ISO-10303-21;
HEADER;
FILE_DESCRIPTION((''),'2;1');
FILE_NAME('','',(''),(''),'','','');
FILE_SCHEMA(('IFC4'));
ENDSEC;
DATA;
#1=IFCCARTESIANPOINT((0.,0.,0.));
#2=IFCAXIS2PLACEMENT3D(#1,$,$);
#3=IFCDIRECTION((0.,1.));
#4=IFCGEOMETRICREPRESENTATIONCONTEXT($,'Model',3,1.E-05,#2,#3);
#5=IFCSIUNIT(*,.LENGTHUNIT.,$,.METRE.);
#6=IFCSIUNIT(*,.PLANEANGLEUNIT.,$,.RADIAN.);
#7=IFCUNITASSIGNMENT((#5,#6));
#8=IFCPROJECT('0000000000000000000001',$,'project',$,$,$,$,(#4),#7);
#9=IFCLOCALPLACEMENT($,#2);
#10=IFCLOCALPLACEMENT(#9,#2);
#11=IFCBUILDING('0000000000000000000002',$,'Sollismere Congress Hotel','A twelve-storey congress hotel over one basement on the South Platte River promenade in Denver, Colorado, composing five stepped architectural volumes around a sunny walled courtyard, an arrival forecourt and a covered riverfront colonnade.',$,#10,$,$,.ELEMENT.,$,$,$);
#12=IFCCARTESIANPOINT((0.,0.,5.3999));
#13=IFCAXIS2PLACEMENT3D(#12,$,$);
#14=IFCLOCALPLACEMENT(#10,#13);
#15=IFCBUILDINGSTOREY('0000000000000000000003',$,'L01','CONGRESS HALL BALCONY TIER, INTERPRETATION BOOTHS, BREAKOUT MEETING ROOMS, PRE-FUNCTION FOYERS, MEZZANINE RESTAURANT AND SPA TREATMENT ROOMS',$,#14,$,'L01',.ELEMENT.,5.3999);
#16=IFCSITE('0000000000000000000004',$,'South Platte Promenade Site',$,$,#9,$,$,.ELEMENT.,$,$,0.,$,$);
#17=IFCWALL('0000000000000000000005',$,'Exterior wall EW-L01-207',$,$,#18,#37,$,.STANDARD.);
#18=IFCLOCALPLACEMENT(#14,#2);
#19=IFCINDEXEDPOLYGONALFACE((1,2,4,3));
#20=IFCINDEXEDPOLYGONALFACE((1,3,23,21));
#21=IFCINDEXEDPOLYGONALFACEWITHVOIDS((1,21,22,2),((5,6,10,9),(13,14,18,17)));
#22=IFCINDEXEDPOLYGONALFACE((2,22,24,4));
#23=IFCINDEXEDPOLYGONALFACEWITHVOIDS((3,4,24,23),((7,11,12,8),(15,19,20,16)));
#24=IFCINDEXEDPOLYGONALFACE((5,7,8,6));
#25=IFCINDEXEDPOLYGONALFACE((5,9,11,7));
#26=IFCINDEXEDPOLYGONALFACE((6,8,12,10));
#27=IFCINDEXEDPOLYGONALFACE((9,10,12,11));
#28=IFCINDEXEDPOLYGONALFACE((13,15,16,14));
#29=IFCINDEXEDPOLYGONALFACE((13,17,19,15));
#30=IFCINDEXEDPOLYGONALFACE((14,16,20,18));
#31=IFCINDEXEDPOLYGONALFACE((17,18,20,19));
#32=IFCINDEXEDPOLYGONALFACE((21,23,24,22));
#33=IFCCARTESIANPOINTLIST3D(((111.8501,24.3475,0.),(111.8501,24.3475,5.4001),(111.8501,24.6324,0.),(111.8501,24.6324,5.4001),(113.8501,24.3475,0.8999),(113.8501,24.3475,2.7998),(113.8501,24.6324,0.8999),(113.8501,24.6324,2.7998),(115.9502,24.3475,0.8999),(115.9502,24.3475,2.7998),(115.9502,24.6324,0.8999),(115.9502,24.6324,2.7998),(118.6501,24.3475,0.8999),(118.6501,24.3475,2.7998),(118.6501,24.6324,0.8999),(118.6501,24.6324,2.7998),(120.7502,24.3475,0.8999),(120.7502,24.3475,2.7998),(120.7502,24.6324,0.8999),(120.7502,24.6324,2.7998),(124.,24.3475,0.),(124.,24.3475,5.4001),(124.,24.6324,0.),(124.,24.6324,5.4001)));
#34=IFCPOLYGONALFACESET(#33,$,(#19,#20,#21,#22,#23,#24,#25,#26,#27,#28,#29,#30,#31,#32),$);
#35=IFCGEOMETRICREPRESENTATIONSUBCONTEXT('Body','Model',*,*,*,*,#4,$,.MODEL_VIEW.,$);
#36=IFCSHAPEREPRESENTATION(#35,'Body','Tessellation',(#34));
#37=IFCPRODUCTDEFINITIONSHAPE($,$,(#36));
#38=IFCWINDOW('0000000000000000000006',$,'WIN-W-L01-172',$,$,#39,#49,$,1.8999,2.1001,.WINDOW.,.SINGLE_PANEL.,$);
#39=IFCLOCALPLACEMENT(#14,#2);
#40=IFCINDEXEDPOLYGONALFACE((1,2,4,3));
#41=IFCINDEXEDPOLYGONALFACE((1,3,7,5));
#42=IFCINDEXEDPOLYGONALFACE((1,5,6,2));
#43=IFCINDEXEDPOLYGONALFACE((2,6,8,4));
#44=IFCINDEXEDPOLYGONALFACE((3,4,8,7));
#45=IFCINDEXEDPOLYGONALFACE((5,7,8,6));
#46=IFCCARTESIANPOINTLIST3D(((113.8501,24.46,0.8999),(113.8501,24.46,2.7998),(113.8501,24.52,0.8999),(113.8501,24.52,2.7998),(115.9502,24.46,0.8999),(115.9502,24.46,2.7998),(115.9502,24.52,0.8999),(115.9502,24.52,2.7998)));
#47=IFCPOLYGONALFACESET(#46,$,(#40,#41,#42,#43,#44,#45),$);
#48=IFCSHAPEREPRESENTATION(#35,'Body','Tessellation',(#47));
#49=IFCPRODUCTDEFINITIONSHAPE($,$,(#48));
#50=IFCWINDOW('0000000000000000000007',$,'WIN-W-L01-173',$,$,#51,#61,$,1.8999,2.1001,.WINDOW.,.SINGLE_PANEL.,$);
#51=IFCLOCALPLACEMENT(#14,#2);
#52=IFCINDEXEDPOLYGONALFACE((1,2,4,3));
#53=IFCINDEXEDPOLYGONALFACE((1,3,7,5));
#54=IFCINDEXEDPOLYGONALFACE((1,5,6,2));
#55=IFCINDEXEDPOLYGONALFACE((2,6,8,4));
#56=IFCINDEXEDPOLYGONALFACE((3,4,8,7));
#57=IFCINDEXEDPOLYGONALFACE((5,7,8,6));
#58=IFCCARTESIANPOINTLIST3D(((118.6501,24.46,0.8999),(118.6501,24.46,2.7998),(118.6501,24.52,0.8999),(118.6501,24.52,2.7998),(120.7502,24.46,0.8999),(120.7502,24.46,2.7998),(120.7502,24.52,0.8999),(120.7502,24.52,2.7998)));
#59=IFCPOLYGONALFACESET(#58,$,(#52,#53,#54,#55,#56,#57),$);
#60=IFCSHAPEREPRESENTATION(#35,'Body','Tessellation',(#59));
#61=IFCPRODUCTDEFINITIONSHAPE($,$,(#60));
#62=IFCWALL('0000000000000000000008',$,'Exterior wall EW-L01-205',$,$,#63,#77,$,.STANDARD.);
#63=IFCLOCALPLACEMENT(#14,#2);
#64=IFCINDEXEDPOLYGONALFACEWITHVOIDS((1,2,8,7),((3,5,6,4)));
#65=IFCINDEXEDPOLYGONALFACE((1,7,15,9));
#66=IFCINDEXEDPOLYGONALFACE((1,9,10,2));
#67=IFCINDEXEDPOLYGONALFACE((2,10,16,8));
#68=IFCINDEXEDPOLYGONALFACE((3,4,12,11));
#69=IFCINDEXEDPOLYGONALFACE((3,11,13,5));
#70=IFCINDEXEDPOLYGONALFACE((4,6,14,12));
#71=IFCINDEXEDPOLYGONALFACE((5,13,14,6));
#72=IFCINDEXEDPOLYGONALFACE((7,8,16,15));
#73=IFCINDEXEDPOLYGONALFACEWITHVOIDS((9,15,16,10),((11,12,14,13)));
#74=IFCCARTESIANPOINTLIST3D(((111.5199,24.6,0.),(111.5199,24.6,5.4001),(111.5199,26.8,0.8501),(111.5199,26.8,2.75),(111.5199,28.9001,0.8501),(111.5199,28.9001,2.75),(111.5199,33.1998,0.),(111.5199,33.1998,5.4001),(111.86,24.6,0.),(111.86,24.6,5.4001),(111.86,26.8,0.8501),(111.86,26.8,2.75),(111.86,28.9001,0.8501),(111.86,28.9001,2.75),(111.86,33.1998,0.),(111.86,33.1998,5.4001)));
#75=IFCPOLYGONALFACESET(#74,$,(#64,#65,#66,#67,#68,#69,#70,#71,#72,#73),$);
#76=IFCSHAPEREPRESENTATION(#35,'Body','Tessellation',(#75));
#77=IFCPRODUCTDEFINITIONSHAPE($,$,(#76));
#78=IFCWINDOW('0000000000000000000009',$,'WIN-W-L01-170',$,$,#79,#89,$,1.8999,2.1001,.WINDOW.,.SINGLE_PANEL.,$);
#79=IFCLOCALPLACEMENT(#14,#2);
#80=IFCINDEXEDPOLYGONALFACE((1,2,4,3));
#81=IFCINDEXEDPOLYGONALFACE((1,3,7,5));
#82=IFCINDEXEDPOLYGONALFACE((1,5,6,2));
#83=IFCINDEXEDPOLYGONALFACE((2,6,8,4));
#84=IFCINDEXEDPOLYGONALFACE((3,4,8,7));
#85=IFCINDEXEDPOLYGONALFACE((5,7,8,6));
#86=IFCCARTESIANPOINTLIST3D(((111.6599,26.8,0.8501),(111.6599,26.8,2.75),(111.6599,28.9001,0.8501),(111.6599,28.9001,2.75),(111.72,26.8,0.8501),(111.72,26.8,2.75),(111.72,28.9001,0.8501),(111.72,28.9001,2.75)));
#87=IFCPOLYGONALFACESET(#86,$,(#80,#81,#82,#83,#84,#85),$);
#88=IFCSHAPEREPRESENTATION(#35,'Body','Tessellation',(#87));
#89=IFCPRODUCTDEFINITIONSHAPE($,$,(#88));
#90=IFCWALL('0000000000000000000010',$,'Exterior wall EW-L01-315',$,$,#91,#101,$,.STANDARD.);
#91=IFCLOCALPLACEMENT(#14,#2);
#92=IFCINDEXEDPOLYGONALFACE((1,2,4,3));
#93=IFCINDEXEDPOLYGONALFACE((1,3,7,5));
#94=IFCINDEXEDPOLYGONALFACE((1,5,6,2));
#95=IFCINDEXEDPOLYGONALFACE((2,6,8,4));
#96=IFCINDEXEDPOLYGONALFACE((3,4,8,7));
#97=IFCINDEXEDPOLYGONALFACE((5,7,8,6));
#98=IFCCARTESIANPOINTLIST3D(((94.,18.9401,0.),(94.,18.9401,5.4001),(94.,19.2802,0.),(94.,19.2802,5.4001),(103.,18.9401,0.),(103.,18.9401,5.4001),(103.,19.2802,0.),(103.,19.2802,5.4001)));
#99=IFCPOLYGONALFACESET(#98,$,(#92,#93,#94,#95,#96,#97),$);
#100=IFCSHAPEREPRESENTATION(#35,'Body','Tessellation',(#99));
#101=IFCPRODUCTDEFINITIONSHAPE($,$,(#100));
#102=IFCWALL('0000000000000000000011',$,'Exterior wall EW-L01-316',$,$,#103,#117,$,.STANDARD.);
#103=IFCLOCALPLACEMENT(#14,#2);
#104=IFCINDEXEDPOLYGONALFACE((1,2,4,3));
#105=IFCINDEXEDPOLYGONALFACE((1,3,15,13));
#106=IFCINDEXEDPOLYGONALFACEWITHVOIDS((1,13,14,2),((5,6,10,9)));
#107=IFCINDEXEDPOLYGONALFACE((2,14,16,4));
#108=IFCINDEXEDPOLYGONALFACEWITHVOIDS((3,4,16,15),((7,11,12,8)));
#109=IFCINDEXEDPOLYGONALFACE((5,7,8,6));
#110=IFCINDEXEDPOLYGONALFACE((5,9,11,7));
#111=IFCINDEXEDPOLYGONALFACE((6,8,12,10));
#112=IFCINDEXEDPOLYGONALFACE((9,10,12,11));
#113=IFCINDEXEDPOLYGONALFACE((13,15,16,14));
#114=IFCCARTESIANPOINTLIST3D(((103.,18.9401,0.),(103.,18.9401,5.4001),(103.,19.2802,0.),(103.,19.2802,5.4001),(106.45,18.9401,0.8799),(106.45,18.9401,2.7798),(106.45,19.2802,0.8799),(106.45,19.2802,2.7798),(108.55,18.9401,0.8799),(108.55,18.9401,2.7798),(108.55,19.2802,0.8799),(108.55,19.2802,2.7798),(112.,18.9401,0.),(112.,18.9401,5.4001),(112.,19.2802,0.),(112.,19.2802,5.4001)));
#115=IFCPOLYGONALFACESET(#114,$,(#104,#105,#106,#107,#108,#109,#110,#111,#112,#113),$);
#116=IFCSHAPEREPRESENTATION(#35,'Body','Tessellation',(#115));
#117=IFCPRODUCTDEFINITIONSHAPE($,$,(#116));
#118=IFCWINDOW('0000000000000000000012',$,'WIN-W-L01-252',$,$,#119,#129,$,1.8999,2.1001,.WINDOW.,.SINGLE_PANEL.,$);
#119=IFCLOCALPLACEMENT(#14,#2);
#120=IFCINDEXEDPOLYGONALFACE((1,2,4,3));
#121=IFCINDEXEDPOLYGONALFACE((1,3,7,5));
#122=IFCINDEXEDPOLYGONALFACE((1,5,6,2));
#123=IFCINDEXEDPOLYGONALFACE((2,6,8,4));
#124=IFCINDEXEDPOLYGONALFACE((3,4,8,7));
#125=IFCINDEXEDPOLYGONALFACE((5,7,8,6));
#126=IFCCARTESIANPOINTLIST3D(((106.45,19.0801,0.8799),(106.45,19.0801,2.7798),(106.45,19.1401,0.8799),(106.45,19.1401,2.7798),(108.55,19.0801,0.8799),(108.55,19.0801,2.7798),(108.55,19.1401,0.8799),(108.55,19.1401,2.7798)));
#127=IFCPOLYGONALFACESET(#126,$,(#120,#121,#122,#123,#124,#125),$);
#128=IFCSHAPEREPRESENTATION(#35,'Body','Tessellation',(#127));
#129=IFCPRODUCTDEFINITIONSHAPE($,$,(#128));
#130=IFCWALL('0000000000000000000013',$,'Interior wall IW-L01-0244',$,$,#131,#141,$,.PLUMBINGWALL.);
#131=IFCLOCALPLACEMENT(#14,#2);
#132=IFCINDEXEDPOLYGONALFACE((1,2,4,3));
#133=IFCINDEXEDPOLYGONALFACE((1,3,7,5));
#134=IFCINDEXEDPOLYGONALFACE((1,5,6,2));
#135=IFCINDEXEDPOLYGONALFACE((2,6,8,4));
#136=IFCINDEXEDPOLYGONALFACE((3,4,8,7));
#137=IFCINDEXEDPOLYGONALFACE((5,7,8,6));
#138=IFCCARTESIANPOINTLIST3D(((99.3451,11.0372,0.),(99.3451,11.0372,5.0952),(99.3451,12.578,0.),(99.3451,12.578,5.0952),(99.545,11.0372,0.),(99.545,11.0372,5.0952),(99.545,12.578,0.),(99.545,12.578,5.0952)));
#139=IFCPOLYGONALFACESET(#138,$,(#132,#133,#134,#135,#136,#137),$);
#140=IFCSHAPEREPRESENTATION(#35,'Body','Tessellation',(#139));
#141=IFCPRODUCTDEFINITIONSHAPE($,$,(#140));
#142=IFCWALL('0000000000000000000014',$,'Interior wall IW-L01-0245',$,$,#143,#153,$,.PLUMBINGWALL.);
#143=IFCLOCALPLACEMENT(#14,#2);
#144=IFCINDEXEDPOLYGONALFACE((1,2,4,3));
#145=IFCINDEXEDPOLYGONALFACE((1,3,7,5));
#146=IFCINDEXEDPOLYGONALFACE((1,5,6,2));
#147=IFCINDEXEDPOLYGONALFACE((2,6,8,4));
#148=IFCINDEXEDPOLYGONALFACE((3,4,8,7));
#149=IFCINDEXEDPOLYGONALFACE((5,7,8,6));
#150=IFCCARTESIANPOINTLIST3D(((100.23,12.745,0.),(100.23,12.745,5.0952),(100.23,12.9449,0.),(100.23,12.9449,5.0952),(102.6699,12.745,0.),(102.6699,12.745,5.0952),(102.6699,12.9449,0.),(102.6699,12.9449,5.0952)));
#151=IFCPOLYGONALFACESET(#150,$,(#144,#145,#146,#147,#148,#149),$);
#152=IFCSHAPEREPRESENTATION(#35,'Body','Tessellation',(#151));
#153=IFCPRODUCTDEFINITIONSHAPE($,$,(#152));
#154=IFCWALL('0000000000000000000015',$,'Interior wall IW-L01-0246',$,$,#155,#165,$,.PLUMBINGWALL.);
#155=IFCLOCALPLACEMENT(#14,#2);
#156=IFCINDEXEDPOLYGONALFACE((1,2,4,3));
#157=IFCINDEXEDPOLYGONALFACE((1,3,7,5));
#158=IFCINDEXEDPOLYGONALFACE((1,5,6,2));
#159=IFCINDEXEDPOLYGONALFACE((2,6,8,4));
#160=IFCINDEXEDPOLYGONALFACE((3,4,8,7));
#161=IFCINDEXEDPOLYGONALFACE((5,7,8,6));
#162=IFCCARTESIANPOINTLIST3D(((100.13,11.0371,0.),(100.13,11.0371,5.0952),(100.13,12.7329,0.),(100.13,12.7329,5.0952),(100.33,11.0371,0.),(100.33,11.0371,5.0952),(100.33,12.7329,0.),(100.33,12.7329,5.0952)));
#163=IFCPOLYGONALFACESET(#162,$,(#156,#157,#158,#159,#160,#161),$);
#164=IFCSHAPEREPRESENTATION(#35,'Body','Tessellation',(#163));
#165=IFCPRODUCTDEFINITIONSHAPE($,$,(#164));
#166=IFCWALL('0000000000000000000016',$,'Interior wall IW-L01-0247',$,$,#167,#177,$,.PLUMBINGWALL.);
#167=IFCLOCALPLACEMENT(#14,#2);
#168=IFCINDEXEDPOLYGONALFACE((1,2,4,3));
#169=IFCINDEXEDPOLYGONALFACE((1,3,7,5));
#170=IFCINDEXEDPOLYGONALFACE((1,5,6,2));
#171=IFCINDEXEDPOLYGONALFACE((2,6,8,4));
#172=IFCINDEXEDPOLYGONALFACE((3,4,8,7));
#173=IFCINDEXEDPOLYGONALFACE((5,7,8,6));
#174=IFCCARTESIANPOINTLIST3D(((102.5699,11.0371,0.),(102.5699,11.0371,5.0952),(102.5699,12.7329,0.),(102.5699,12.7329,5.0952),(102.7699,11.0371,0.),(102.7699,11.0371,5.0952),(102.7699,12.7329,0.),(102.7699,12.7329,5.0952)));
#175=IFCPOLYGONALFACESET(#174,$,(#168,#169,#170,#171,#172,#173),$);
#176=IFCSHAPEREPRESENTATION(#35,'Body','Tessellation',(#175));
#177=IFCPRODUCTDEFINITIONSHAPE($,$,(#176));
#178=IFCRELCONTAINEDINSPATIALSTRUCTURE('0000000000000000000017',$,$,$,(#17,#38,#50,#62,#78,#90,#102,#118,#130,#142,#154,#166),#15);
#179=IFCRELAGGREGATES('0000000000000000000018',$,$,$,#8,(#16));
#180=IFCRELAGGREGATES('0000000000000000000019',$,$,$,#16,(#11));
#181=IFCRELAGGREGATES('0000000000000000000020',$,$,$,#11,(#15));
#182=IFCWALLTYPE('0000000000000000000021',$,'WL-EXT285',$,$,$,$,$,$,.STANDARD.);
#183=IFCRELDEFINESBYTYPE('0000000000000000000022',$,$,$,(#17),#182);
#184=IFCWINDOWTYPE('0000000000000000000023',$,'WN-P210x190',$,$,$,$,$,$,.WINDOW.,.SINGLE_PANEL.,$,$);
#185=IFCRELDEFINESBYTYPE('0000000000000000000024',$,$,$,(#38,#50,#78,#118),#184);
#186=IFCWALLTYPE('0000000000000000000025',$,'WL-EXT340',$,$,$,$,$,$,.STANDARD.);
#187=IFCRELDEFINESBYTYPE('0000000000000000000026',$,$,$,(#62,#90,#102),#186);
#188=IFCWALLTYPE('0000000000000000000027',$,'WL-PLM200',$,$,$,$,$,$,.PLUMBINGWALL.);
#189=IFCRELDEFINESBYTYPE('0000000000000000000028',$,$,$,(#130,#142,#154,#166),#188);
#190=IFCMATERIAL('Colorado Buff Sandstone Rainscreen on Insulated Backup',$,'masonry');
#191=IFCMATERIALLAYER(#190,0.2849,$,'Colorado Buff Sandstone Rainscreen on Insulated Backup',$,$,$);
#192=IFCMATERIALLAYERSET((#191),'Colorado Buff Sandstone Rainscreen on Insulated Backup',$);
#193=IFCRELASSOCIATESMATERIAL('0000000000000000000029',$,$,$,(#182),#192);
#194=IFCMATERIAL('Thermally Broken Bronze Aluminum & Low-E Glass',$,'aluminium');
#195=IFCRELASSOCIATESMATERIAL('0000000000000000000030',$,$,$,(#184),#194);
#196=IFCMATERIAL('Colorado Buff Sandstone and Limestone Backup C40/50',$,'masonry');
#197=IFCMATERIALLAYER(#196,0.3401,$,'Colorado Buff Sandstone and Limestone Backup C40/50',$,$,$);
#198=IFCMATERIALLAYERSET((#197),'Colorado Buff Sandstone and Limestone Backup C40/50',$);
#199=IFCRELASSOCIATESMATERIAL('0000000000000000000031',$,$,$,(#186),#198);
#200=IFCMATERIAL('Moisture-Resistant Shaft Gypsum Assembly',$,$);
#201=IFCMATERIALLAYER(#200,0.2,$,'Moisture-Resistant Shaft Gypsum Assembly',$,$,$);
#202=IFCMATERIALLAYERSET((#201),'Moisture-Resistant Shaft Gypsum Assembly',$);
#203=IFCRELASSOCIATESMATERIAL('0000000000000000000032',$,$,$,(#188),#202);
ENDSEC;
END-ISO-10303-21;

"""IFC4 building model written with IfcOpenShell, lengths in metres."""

from ifc_helpers import new_model, si_unit, direction, frame, frame_2d, origin, place, context, subcontext, project, spatial, rectangle, extrude, material, layer, layer_set, type_object, element, fill, save


model = new_model("IFC4")

# Units and contexts
model_context = context("Model", 3, precision=1e-05, world=origin(), true_north=direction((0.0, 1.0)))
body_context = subcontext(model_context, "Body", "Model", "MODEL_VIEW")
ifc_project = project(units=[si_unit("LENGTHUNIT", "METRE"), si_unit("PLANEANGLEUNIT", "RADIAN")], contexts=[model_context])

# Site, building, storey
site_placement = place(None, origin())
site = spatial("IfcSite", under=ifc_project, at=site_placement, Name="South Platte Promenade Site", CompositionType="ELEMENT", RefElevation=0.0)
building_placement = place(site_placement, origin())
building = spatial("IfcBuilding", under=site, at=building_placement, Name="Sollismere Congress Hotel", Description="A twelve-storey congress hotel over one basement on the South Platte River promenade in Denver, Colorado, composing five stepped architectural volumes around a sunny walled courtyard, an arrival forecourt and a covered riverfront colonnade.", CompositionType="ELEMENT")
storey_placement = place(building_placement, frame((0.0, 0.0, 5.3999)))
storey = spatial("IfcBuildingStorey", under=building, at=storey_placement, Name="L01", Description="CONGRESS HALL BALCONY TIER, INTERPRETATION BOOTHS, BREAKOUT MEETING ROOMS, PRE-FUNCTION FOYERS, MEZZANINE RESTAURANT AND SPA TREATMENT ROOMS", LongName="L01", CompositionType="ELEMENT", Elevation=5.3999)

# Wall, openings, windows
ifc_material_1 = material(Name="Colorado Buff Sandstone Rainscreen on Insulated Backup", Category="masonry")
ifc_layer_1 = layer(ifc_material_1, 0.2849, Name="Colorado Buff Sandstone Rainscreen on Insulated Backup")
ifc_layer_set_1 = layer_set([ifc_layer_1], Name="Colorado Buff Sandstone Rainscreen on Insulated Backup")
wall_type_1 = type_object("IfcWallType", Name="WL-EXT285", PredefinedType="STANDARD", material=ifc_layer_set_1)
wall_1_placement = place(storey_placement, frame((111.8501, 24.49, 0.0), z_axis=(0.0, 0.0, 1.0), x_axis=(1.0, 0.0, 0.0)))
wall_1 = element("IfcWall", 1, at=wall_1_placement, inside=storey, type_object=wall_type_1, Name="Exterior wall EW-L01-207", PredefinedType="STANDARD", context=body_context, shape_type="SweptSolid", body=[
    extrude(rectangle(XDim=12.1499, YDim=0.2849, at=frame_2d((6.075, 0.0))), origin(), (0.0, 0.0, 1.0), 5.4001),
])
opening_1_placement = place(wall_1_placement, frame((2.0, 0.0, 0.8999)))
opening_1 = element("IfcOpeningElement", 2, at=opening_1_placement, cuts=wall_1, PredefinedType="OPENING", context=body_context, shape_type="SweptSolid", body=[
    extrude(rectangle(XDim=2.1001, YDim=1.8999, at=frame_2d((1.05, 0.95))), frame((0.0, 0.1523, 0.0), z_axis=(0.0, -1.0, 0.0), x_axis=(1.0, 0.0, 0.0)), (0.0, 0.0, 1.0), 0.3049),
])
opening_2_placement = place(wall_1_placement, frame((6.8, 0.0, 0.8999)))
opening_2 = element("IfcOpeningElement", 3, at=opening_2_placement, cuts=wall_1, PredefinedType="OPENING", context=body_context, shape_type="SweptSolid", body=[
    extrude(rectangle(XDim=2.1001, YDim=1.8999, at=frame_2d((1.05, 0.95))), frame((0.0, 0.1523, 0.0), z_axis=(0.0, -1.0, 0.0), x_axis=(1.0, 0.0, 0.0)), (0.0, 0.0, 1.0), 0.3049),
])
ifc_material_2 = material(Name="Thermally Broken Bronze Aluminum & Low-E Glass", Category="aluminium")
window_type = type_object("IfcWindowType", Name="WN-P210x190", PartitioningType="SINGLE_PANEL", PredefinedType="WINDOW", material=ifc_material_2)
window_1_placement = place(opening_1_placement, origin())
window_1 = element("IfcWindow", 4, at=window_1_placement, inside=storey, type_object=window_type, Name="WIN-W-L01-172", OverallHeight=1.8999, OverallWidth=2.1001, PartitioningType="SINGLE_PANEL", PredefinedType="WINDOW", context=body_context, shape_type="SweptSolid", body=[
    extrude(rectangle(XDim=2.1001, YDim=1.8999, at=frame_2d((1.05, 0.95))), frame((0.0, 0.03, 0.0), z_axis=(0.0, -1.0, 0.0), x_axis=(1.0, 0.0, 0.0)), (0.0, 0.0, 1.0), 0.0601),
])
fill(opening_1, window_1)
window_2_placement = place(opening_2_placement, origin())
window_2 = element("IfcWindow", 5, at=window_2_placement, inside=storey, type_object=window_type, Name="WIN-W-L01-173", OverallHeight=1.8999, OverallWidth=2.1001, PartitioningType="SINGLE_PANEL", PredefinedType="WINDOW", context=body_context, shape_type="SweptSolid", body=[
    extrude(rectangle(XDim=2.1001, YDim=1.8999, at=frame_2d((1.05, 0.95))), frame((0.0, 0.03, 0.0), z_axis=(0.0, -1.0, 0.0), x_axis=(1.0, 0.0, 0.0)), (0.0, 0.0, 1.0), 0.0601),
])
fill(opening_2, window_2)

# Wall, opening, window
ifc_material_3 = material(Name="Colorado Buff Sandstone and Limestone Backup C40/50", Category="masonry")
ifc_layer_2 = layer(ifc_material_3, 0.3401, Name="Colorado Buff Sandstone and Limestone Backup C40/50")
ifc_layer_set_2 = layer_set([ifc_layer_2], Name="Colorado Buff Sandstone and Limestone Backup C40/50")
wall_type_2 = type_object("IfcWallType", Name="WL-EXT340", PredefinedType="STANDARD", material=ifc_layer_set_2)
wall_2_placement = place(storey_placement, frame((111.6899, 24.6001, 0.0), z_axis=(0.0, 0.0, 1.0), x_axis=(0.0, 1.0, 0.0)))
wall_2 = element("IfcWall", 6, at=wall_2_placement, inside=storey, type_object=wall_type_2, Name="Exterior wall EW-L01-205", PredefinedType="STANDARD", context=body_context, shape_type="SweptSolid", body=[
    extrude(rectangle(XDim=8.5999, YDim=0.3401, at=frame_2d((4.2998, 0.0))), origin(), (0.0, 0.0, 1.0), 5.4001),
])
opening_3_placement = place(wall_2_placement, frame((2.2, 0.0, 0.8501)))
opening_3 = element("IfcOpeningElement", 7, at=opening_3_placement, cuts=wall_2, PredefinedType="OPENING", context=body_context, shape_type="SweptSolid", body=[
    extrude(rectangle(XDim=2.1001, YDim=1.8999, at=frame_2d((1.05, 0.95))), frame((0.0, 0.1799, 0.0), z_axis=(0.0, -1.0, 0.0), x_axis=(1.0, 0.0, 0.0)), (0.0, 0.0, 1.0), 0.3601),
])
window_3_placement = place(opening_3_placement, origin())
window_3 = element("IfcWindow", 8, at=window_3_placement, inside=storey, type_object=window_type, Name="WIN-W-L01-170", OverallHeight=1.8999, OverallWidth=2.1001, PartitioningType="SINGLE_PANEL", PredefinedType="WINDOW", context=body_context, shape_type="SweptSolid", body=[
    extrude(rectangle(XDim=2.1001, YDim=1.8999, at=frame_2d((1.05, 0.95))), frame((0.0, 0.03, 0.0), z_axis=(0.0, -1.0, 0.0), x_axis=(1.0, 0.0, 0.0)), (0.0, 0.0, 1.0), 0.0601),
])
fill(opening_3, window_3)

# Wall
wall_3_placement = place(storey_placement, frame((103.0, 19.1101, 0.0), z_axis=(0.0, 0.0, 1.0), x_axis=(-1.0, 0.0, 0.0)))
element("IfcWall", 9, at=wall_3_placement, inside=storey, type_object=wall_type_2, Name="Exterior wall EW-L01-315", PredefinedType="STANDARD", context=body_context, shape_type="SweptSolid", body=[
    extrude(rectangle(XDim=9.0, YDim=0.3401, at=frame_2d((4.5, 0.0))), origin(), (0.0, 0.0, 1.0), 5.4001),
])

# Wall, opening, window
wall_4_placement = place(storey_placement, frame((112.0, 19.1101, 0.0), z_axis=(0.0, 0.0, 1.0), x_axis=(-1.0, 0.0, 0.0)))
wall_4 = element("IfcWall", 10, at=wall_4_placement, inside=storey, type_object=wall_type_2, Name="Exterior wall EW-L01-316", PredefinedType="STANDARD", context=body_context, shape_type="SweptSolid", body=[
    extrude(rectangle(XDim=9.0, YDim=0.3401, at=frame_2d((4.5, 0.0))), origin(), (0.0, 0.0, 1.0), 5.4001),
])
opening_4_placement = place(wall_4_placement, frame((3.45, 0.0, 0.8799)))
opening_4 = element("IfcOpeningElement", 11, at=opening_4_placement, cuts=wall_4, PredefinedType="OPENING", context=body_context, shape_type="SweptSolid", body=[
    extrude(rectangle(XDim=2.1001, YDim=1.8999, at=frame_2d((1.05, 0.95))), frame((0.0, 0.1799, 0.0), z_axis=(0.0, -1.0, 0.0), x_axis=(1.0, 0.0, 0.0)), (0.0, 0.0, 1.0), 0.3601),
])
window_4_placement = place(opening_4_placement, origin())
window_4 = element("IfcWindow", 12, at=window_4_placement, inside=storey, type_object=window_type, Name="WIN-W-L01-252", OverallHeight=1.8999, OverallWidth=2.1001, PartitioningType="SINGLE_PANEL", PredefinedType="WINDOW", context=body_context, shape_type="SweptSolid", body=[
    extrude(rectangle(XDim=2.1001, YDim=1.8999, at=frame_2d((1.05, 0.95))), frame((0.0, 0.03, 0.0), z_axis=(0.0, -1.0, 0.0), x_axis=(1.0, 0.0, 0.0)), (0.0, 0.0, 1.0), 0.0601),
])
fill(opening_4, window_4)

# Walls
ifc_material_4 = material(Name="Moisture-Resistant Shaft Gypsum Assembly")
ifc_layer_3 = layer(ifc_material_4, 0.2, Name="Moisture-Resistant Shaft Gypsum Assembly")
ifc_layer_set_3 = layer_set([ifc_layer_3], Name="Moisture-Resistant Shaft Gypsum Assembly")
wall_type_3 = type_object("IfcWallType", Name="WL-PLM200", PredefinedType="PLUMBINGWALL", material=ifc_layer_set_3)
wall_5_placement = place(storey_placement, frame((99.4451, 11.0371, 0.0), z_axis=(0.0, 0.0, 1.0), x_axis=(0.0, 1.0, 0.0)))
element("IfcWall", 13, at=wall_5_placement, inside=storey, type_object=wall_type_3, Name="Interior wall IW-L01-0244", PredefinedType="PLUMBINGWALL", context=body_context, shape_type="SweptSolid", body=[
    extrude(rectangle(XDim=1.5408, YDim=0.2, at=frame_2d((0.7705, 0.0))), origin(), (0.0, 0.0, 1.0), 5.0952),
])
wall_6_placement = place(storey_placement, frame((100.23, 12.845, 0.0), z_axis=(0.0, 0.0, 1.0), x_axis=(1.0, 0.0, 0.0)))
element("IfcWall", 14, at=wall_6_placement, inside=storey, type_object=wall_type_3, Name="Interior wall IW-L01-0245", PredefinedType="PLUMBINGWALL", context=body_context, shape_type="SweptSolid", body=[
    extrude(rectangle(XDim=2.4399, YDim=0.2, at=frame_2d((1.22, 0.0))), origin(), (0.0, 0.0, 1.0), 5.0952),
])
for number, where, z_axis, x_axis, name in (
    (15, (100.23, 11.0371, 0.0), (0.0, 0.0, 1.0), (0.0, 1.0, 0.0), "Interior wall IW-L01-0246"),
    (16, (102.6699, 11.0371, 0.0), (0.0, 0.0, 1.0), (0.0, 1.0, 0.0), "Interior wall IW-L01-0247"),
):
    element("IfcWall", number, at=place(storey_placement, frame(where, z_axis=z_axis, x_axis=x_axis)), inside=storey, type_object=wall_type_3, Name=name, PredefinedType="PLUMBINGWALL", context=body_context, shape_type="SweptSolid", body=[
        extrude(rectangle(XDim=1.6958, YDim=0.2, at=frame_2d((0.8479, 0.0))), origin(), (0.0, 0.0, 1.0), 5.0952),
    ])

save(model, "model.ifc")
